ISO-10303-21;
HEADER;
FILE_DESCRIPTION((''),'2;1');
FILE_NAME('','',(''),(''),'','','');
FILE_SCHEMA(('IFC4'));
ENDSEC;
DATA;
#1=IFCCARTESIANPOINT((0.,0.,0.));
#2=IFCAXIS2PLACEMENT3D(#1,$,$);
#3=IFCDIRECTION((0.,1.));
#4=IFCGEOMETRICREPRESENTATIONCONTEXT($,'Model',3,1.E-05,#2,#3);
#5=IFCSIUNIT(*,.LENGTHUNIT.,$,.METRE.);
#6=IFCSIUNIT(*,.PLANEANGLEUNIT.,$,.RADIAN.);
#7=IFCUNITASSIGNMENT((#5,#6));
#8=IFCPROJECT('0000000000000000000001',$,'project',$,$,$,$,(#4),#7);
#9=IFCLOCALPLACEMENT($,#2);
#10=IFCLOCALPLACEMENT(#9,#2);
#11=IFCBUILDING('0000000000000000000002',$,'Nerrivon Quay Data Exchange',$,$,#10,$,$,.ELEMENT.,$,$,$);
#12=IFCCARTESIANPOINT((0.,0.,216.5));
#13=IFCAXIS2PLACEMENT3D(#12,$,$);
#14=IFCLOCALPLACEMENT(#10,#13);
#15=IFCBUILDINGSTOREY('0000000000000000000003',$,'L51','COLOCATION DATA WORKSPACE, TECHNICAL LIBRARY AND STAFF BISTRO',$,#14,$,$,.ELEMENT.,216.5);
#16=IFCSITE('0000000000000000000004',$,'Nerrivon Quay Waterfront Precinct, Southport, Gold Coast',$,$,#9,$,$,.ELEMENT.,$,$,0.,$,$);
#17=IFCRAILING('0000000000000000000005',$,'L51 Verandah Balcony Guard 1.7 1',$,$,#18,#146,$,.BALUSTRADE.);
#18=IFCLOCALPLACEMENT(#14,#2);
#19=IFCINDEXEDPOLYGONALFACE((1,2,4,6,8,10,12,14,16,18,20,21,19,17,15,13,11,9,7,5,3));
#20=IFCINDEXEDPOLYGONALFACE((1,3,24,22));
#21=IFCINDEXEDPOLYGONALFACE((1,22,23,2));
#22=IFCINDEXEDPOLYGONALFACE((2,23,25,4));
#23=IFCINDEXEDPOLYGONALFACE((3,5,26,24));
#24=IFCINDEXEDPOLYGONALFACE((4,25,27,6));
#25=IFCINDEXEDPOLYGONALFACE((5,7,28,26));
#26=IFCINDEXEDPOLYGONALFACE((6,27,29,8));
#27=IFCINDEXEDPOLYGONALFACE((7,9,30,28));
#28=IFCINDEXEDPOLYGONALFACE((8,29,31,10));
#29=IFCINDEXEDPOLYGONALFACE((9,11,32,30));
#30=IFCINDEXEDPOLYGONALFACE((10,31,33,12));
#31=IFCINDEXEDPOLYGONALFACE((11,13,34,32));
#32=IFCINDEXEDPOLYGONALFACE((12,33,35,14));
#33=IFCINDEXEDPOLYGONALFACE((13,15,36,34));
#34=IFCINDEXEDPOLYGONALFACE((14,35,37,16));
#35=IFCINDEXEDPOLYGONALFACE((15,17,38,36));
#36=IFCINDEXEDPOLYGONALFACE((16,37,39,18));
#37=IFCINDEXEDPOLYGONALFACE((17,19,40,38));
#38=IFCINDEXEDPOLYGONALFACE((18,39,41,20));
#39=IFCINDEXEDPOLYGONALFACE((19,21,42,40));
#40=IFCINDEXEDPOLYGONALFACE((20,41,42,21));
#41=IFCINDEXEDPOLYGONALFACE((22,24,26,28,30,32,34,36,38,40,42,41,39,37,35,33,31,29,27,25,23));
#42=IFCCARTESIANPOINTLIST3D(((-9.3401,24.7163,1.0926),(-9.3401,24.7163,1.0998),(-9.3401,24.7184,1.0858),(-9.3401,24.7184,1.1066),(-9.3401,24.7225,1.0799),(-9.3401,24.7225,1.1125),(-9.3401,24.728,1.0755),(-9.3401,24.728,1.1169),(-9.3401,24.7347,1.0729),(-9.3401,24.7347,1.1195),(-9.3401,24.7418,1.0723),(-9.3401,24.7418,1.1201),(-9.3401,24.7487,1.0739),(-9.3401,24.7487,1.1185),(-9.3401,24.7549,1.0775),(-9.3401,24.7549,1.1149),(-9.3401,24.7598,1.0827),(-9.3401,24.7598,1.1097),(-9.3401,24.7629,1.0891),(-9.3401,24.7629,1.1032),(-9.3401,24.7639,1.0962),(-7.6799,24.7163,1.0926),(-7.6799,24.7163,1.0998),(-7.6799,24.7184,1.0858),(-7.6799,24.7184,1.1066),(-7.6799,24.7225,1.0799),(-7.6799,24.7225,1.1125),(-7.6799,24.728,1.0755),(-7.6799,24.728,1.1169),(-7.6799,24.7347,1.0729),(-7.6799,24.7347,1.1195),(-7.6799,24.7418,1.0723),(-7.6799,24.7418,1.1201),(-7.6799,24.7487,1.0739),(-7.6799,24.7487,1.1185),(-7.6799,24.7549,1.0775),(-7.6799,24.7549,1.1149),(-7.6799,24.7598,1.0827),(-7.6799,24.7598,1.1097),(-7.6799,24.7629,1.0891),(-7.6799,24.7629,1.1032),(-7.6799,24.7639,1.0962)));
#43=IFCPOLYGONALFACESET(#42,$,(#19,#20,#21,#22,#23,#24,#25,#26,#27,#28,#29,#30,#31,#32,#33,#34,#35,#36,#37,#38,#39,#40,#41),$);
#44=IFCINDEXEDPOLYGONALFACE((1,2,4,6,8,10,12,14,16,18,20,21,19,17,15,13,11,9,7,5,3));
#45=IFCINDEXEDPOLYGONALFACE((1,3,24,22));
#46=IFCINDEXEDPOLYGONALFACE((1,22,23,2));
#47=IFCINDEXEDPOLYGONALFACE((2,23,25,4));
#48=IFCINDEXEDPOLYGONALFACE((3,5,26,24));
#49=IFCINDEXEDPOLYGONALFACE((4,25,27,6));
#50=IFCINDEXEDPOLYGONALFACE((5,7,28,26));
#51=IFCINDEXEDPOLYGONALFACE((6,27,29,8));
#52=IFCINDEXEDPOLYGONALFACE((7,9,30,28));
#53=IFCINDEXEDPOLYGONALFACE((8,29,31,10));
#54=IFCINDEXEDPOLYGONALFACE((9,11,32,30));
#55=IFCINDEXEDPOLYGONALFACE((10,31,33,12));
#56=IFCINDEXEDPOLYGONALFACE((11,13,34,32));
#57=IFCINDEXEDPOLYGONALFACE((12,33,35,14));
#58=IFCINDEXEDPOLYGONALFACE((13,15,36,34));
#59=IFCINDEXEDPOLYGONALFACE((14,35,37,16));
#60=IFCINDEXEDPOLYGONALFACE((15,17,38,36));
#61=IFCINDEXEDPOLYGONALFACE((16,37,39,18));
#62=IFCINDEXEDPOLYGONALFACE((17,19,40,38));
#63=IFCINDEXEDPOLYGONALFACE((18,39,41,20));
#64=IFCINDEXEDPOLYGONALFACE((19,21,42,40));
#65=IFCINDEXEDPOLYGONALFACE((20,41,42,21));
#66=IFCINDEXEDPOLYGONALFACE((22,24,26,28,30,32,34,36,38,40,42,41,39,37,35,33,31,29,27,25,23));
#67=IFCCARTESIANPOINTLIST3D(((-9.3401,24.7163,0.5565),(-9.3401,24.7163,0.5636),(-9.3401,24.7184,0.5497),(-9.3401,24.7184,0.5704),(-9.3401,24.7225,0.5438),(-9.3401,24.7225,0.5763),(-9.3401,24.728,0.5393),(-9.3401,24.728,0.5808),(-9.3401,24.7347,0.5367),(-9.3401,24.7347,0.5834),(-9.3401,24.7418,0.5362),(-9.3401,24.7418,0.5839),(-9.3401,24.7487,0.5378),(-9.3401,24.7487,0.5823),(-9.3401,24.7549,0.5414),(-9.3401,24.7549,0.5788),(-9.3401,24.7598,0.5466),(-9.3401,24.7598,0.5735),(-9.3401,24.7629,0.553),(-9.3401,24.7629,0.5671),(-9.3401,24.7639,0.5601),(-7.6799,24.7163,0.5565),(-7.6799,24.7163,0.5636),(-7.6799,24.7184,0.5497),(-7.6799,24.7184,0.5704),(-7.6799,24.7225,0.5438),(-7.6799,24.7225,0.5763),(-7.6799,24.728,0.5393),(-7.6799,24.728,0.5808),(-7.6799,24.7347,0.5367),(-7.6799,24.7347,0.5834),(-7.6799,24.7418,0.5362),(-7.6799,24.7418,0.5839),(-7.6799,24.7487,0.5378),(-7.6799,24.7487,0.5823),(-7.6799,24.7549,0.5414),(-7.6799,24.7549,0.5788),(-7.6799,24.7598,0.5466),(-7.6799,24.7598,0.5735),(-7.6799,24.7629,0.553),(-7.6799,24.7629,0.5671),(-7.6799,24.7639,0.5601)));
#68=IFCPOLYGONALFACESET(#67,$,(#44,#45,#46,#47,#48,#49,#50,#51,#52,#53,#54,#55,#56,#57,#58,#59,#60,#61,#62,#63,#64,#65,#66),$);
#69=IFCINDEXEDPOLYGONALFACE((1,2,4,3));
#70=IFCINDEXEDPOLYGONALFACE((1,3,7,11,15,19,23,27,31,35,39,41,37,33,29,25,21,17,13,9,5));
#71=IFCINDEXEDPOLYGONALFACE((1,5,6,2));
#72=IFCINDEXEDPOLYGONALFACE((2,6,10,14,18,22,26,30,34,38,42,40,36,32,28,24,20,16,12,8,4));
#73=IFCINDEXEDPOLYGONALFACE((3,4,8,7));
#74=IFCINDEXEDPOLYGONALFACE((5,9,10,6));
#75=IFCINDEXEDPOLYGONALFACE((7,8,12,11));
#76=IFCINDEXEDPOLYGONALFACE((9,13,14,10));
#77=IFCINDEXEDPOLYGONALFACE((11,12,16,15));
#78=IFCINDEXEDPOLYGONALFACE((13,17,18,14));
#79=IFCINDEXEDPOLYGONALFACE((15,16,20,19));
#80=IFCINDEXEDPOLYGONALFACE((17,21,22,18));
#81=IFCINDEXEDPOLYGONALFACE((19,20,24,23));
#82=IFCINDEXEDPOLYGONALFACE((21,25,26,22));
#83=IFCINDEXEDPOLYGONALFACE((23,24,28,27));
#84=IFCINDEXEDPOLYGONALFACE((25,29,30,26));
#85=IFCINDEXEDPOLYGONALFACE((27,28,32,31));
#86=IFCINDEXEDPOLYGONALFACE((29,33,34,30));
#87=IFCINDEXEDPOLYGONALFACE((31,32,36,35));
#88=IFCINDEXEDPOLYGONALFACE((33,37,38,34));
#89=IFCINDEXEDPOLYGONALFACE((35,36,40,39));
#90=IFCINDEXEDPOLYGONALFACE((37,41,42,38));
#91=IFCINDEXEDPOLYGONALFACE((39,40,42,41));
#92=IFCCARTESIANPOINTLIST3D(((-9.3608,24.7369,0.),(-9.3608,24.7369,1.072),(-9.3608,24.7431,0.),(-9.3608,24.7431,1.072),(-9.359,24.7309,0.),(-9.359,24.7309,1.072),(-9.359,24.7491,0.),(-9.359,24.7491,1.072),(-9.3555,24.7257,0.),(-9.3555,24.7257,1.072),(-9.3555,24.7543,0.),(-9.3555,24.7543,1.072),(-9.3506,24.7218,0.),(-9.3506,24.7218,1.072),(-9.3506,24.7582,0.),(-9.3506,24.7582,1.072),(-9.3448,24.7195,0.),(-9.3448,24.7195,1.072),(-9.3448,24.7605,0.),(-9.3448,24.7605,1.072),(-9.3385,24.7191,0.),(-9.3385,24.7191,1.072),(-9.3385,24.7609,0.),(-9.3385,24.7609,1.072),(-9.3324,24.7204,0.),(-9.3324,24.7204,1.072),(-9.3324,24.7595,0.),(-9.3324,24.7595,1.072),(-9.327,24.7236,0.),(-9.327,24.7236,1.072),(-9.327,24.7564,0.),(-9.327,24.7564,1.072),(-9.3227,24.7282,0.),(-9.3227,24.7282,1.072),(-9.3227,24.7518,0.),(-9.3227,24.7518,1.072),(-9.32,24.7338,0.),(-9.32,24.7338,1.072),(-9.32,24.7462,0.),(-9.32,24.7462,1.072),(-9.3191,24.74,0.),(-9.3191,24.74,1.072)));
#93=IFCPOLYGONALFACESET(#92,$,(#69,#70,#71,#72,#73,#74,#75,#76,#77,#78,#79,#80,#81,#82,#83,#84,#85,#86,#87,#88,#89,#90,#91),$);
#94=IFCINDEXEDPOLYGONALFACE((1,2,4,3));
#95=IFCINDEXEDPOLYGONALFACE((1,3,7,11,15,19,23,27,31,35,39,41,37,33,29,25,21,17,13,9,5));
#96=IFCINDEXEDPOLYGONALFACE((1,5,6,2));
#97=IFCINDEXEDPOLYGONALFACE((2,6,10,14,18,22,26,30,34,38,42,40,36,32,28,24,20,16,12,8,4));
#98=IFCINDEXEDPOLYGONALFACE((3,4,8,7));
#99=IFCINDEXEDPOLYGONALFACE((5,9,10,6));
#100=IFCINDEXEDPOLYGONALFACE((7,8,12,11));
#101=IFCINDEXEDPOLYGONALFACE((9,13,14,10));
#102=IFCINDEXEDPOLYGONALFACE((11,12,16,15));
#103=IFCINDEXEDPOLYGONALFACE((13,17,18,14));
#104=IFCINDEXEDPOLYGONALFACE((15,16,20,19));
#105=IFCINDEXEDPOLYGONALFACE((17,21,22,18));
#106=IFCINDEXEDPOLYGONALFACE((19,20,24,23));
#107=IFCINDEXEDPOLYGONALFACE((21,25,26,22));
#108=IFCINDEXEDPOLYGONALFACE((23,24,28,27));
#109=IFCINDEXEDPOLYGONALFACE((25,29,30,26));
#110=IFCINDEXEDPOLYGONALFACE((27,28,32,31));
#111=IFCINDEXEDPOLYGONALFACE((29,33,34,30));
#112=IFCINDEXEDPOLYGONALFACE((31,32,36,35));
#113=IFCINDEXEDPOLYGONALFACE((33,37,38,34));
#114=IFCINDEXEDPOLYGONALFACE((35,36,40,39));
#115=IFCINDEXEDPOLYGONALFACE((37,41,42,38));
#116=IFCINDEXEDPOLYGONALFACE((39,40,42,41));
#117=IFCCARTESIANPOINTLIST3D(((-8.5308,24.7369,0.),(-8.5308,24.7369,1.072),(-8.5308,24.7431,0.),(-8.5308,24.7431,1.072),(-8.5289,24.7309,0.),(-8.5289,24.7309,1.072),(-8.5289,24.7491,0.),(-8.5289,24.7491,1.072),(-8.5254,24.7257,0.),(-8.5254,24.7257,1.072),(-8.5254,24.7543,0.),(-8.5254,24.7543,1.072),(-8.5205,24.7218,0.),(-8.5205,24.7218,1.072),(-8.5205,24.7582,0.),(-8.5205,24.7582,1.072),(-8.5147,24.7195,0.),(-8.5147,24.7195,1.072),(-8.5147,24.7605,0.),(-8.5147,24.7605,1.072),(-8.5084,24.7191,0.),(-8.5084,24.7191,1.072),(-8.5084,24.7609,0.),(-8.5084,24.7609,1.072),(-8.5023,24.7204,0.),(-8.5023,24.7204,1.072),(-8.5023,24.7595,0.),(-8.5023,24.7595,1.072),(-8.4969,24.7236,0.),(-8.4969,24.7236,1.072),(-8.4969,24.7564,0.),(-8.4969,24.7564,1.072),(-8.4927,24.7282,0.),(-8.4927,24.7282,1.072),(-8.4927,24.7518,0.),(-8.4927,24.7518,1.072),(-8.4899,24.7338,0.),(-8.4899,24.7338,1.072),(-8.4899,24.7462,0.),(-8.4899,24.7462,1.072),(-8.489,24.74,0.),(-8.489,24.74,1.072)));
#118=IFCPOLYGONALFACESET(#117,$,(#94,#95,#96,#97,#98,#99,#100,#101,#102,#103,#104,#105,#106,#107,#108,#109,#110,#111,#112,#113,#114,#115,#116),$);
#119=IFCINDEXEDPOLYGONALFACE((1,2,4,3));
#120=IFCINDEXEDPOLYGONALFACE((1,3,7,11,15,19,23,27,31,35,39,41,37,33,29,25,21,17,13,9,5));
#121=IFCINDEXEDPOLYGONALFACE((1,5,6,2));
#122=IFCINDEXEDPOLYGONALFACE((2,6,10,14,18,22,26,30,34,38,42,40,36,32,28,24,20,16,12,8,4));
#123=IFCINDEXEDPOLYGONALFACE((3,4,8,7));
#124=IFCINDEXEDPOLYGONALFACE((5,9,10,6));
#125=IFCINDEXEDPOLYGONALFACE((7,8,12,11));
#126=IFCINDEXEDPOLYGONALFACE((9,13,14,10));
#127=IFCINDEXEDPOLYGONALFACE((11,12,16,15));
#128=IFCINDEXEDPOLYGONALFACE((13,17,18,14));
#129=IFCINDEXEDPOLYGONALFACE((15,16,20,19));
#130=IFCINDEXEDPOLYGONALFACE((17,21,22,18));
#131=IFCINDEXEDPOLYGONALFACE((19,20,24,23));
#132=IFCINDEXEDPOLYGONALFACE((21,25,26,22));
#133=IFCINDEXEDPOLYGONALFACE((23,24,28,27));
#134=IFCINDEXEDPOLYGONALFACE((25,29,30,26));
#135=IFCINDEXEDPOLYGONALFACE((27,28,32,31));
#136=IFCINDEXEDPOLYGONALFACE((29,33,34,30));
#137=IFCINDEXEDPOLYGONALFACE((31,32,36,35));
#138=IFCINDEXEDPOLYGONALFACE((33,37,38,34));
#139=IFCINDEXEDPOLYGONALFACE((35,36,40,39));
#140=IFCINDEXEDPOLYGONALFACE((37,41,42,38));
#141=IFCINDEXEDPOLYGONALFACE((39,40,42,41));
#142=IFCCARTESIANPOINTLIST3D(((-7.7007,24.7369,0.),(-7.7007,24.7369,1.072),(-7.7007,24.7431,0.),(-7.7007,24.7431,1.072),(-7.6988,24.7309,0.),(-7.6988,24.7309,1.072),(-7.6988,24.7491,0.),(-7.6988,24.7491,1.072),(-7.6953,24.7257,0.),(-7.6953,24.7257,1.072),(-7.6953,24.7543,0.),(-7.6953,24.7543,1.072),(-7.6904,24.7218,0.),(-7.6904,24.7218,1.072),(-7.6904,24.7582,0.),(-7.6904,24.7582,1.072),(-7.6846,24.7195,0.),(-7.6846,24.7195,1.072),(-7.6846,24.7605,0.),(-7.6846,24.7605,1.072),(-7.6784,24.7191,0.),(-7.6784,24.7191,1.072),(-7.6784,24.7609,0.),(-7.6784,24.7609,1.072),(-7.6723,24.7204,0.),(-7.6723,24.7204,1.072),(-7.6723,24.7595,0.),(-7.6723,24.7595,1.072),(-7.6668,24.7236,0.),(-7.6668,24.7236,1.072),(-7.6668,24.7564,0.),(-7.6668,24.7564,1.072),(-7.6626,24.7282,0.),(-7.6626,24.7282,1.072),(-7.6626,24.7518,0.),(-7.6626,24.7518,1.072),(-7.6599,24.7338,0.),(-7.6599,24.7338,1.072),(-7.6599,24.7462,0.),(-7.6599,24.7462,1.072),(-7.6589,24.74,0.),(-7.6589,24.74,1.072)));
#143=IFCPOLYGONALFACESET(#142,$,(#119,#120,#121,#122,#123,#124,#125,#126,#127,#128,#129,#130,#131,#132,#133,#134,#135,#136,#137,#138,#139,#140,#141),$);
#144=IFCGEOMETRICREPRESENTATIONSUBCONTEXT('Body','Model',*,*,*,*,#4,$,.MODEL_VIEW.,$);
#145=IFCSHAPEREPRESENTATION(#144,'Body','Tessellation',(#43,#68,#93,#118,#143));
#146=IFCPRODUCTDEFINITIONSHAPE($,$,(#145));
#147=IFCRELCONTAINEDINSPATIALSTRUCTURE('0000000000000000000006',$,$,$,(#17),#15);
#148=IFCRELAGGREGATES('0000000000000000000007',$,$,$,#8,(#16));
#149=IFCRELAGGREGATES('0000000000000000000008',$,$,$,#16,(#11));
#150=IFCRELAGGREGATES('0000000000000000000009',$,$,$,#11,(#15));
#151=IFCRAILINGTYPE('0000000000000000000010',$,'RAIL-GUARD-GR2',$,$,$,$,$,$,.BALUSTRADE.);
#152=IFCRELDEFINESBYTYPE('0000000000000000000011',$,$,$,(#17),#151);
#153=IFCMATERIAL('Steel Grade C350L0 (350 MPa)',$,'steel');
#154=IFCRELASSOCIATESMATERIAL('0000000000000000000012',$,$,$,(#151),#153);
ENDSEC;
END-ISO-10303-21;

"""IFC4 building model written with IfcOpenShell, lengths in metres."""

from ifc_helpers import new_model, si_unit, direction, frame, origin, origin_2d, place, context, subcontext, project, spatial, circle, extrude, material, type_object, element, save


model = new_model("IFC4")

# Units and contexts
model_context = context("Model", 3, precision=1e-05, world=origin(), true_north=direction((0.0, 1.0)))
body_context = subcontext(model_context, "Body", "Model", "MODEL_VIEW")
ifc_project = project(units=[si_unit("LENGTHUNIT", "METRE"), si_unit("PLANEANGLEUNIT", "RADIAN")], contexts=[model_context])

# Site, building, storey
site_placement = place(None, origin())
site = spatial("IfcSite", under=ifc_project, at=site_placement, Name="Nerrivon Quay Waterfront Precinct, Southport, Gold Coast", CompositionType="ELEMENT", RefElevation=0.0)
building_placement = place(site_placement, origin())
building = spatial("IfcBuilding", under=site, at=building_placement, Name="Nerrivon Quay Data Exchange", CompositionType="ELEMENT")
storey_placement = place(building_placement, frame((0.0, 0.0, 216.5)))
storey = spatial("IfcBuildingStorey", under=building, at=storey_placement, Name="L51", Description="COLOCATION DATA WORKSPACE, TECHNICAL LIBRARY AND STAFF BISTRO", CompositionType="ELEMENT", Elevation=216.5)

# Shared definitions
ifc_material_1 = material(Name="Steel Grade C350L0 (350 MPa)", Category="steel")

# Railing
railing_type = type_object("IfcRailingType", Name="RAIL-GUARD-GR2", PredefinedType="BALUSTRADE", material=ifc_material_1)
railing_1_placement = place(storey_placement, frame((-9.3401, 24.74, 0.0)))
element("IfcRailing", 1, at=railing_1_placement, inside=storey, type_object=railing_type, Name="L51 Verandah Balcony Guard 1.7 1", PredefinedType="BALUSTRADE", context=body_context, shape_type="SweptSolid", body=[
    extrude(circle(Radius=0.0239, at=origin_2d()), frame((0.0, 0.0, 1.0962), z_axis=(1.0, 0.0, 0.0), x_axis=(0.0, 1.0, 0.0)), (0.0, 0.0, 1.0), 1.6602),
    extrude(circle(Radius=0.0239, at=origin_2d()), frame((0.0, 0.0, 0.5601), z_axis=(1.0, 0.0, 0.0), x_axis=(0.0, 1.0, 0.0)), (0.0, 0.0, 1.0), 1.6602),
    extrude(circle(Radius=0.021, at=origin_2d()), origin(), (0.0, 0.0, 1.0), 1.072),
    extrude(circle(Radius=0.021, at=origin_2d()), frame((0.8301, 0.0, 0.0)), (0.0, 0.0, 1.0), 1.072),
    extrude(circle(Radius=0.021, at=origin_2d()), frame((1.6602, 0.0, 0.0)), (0.0, 0.0, 1.0), 1.072),
])

save(model, "model.ifc")
